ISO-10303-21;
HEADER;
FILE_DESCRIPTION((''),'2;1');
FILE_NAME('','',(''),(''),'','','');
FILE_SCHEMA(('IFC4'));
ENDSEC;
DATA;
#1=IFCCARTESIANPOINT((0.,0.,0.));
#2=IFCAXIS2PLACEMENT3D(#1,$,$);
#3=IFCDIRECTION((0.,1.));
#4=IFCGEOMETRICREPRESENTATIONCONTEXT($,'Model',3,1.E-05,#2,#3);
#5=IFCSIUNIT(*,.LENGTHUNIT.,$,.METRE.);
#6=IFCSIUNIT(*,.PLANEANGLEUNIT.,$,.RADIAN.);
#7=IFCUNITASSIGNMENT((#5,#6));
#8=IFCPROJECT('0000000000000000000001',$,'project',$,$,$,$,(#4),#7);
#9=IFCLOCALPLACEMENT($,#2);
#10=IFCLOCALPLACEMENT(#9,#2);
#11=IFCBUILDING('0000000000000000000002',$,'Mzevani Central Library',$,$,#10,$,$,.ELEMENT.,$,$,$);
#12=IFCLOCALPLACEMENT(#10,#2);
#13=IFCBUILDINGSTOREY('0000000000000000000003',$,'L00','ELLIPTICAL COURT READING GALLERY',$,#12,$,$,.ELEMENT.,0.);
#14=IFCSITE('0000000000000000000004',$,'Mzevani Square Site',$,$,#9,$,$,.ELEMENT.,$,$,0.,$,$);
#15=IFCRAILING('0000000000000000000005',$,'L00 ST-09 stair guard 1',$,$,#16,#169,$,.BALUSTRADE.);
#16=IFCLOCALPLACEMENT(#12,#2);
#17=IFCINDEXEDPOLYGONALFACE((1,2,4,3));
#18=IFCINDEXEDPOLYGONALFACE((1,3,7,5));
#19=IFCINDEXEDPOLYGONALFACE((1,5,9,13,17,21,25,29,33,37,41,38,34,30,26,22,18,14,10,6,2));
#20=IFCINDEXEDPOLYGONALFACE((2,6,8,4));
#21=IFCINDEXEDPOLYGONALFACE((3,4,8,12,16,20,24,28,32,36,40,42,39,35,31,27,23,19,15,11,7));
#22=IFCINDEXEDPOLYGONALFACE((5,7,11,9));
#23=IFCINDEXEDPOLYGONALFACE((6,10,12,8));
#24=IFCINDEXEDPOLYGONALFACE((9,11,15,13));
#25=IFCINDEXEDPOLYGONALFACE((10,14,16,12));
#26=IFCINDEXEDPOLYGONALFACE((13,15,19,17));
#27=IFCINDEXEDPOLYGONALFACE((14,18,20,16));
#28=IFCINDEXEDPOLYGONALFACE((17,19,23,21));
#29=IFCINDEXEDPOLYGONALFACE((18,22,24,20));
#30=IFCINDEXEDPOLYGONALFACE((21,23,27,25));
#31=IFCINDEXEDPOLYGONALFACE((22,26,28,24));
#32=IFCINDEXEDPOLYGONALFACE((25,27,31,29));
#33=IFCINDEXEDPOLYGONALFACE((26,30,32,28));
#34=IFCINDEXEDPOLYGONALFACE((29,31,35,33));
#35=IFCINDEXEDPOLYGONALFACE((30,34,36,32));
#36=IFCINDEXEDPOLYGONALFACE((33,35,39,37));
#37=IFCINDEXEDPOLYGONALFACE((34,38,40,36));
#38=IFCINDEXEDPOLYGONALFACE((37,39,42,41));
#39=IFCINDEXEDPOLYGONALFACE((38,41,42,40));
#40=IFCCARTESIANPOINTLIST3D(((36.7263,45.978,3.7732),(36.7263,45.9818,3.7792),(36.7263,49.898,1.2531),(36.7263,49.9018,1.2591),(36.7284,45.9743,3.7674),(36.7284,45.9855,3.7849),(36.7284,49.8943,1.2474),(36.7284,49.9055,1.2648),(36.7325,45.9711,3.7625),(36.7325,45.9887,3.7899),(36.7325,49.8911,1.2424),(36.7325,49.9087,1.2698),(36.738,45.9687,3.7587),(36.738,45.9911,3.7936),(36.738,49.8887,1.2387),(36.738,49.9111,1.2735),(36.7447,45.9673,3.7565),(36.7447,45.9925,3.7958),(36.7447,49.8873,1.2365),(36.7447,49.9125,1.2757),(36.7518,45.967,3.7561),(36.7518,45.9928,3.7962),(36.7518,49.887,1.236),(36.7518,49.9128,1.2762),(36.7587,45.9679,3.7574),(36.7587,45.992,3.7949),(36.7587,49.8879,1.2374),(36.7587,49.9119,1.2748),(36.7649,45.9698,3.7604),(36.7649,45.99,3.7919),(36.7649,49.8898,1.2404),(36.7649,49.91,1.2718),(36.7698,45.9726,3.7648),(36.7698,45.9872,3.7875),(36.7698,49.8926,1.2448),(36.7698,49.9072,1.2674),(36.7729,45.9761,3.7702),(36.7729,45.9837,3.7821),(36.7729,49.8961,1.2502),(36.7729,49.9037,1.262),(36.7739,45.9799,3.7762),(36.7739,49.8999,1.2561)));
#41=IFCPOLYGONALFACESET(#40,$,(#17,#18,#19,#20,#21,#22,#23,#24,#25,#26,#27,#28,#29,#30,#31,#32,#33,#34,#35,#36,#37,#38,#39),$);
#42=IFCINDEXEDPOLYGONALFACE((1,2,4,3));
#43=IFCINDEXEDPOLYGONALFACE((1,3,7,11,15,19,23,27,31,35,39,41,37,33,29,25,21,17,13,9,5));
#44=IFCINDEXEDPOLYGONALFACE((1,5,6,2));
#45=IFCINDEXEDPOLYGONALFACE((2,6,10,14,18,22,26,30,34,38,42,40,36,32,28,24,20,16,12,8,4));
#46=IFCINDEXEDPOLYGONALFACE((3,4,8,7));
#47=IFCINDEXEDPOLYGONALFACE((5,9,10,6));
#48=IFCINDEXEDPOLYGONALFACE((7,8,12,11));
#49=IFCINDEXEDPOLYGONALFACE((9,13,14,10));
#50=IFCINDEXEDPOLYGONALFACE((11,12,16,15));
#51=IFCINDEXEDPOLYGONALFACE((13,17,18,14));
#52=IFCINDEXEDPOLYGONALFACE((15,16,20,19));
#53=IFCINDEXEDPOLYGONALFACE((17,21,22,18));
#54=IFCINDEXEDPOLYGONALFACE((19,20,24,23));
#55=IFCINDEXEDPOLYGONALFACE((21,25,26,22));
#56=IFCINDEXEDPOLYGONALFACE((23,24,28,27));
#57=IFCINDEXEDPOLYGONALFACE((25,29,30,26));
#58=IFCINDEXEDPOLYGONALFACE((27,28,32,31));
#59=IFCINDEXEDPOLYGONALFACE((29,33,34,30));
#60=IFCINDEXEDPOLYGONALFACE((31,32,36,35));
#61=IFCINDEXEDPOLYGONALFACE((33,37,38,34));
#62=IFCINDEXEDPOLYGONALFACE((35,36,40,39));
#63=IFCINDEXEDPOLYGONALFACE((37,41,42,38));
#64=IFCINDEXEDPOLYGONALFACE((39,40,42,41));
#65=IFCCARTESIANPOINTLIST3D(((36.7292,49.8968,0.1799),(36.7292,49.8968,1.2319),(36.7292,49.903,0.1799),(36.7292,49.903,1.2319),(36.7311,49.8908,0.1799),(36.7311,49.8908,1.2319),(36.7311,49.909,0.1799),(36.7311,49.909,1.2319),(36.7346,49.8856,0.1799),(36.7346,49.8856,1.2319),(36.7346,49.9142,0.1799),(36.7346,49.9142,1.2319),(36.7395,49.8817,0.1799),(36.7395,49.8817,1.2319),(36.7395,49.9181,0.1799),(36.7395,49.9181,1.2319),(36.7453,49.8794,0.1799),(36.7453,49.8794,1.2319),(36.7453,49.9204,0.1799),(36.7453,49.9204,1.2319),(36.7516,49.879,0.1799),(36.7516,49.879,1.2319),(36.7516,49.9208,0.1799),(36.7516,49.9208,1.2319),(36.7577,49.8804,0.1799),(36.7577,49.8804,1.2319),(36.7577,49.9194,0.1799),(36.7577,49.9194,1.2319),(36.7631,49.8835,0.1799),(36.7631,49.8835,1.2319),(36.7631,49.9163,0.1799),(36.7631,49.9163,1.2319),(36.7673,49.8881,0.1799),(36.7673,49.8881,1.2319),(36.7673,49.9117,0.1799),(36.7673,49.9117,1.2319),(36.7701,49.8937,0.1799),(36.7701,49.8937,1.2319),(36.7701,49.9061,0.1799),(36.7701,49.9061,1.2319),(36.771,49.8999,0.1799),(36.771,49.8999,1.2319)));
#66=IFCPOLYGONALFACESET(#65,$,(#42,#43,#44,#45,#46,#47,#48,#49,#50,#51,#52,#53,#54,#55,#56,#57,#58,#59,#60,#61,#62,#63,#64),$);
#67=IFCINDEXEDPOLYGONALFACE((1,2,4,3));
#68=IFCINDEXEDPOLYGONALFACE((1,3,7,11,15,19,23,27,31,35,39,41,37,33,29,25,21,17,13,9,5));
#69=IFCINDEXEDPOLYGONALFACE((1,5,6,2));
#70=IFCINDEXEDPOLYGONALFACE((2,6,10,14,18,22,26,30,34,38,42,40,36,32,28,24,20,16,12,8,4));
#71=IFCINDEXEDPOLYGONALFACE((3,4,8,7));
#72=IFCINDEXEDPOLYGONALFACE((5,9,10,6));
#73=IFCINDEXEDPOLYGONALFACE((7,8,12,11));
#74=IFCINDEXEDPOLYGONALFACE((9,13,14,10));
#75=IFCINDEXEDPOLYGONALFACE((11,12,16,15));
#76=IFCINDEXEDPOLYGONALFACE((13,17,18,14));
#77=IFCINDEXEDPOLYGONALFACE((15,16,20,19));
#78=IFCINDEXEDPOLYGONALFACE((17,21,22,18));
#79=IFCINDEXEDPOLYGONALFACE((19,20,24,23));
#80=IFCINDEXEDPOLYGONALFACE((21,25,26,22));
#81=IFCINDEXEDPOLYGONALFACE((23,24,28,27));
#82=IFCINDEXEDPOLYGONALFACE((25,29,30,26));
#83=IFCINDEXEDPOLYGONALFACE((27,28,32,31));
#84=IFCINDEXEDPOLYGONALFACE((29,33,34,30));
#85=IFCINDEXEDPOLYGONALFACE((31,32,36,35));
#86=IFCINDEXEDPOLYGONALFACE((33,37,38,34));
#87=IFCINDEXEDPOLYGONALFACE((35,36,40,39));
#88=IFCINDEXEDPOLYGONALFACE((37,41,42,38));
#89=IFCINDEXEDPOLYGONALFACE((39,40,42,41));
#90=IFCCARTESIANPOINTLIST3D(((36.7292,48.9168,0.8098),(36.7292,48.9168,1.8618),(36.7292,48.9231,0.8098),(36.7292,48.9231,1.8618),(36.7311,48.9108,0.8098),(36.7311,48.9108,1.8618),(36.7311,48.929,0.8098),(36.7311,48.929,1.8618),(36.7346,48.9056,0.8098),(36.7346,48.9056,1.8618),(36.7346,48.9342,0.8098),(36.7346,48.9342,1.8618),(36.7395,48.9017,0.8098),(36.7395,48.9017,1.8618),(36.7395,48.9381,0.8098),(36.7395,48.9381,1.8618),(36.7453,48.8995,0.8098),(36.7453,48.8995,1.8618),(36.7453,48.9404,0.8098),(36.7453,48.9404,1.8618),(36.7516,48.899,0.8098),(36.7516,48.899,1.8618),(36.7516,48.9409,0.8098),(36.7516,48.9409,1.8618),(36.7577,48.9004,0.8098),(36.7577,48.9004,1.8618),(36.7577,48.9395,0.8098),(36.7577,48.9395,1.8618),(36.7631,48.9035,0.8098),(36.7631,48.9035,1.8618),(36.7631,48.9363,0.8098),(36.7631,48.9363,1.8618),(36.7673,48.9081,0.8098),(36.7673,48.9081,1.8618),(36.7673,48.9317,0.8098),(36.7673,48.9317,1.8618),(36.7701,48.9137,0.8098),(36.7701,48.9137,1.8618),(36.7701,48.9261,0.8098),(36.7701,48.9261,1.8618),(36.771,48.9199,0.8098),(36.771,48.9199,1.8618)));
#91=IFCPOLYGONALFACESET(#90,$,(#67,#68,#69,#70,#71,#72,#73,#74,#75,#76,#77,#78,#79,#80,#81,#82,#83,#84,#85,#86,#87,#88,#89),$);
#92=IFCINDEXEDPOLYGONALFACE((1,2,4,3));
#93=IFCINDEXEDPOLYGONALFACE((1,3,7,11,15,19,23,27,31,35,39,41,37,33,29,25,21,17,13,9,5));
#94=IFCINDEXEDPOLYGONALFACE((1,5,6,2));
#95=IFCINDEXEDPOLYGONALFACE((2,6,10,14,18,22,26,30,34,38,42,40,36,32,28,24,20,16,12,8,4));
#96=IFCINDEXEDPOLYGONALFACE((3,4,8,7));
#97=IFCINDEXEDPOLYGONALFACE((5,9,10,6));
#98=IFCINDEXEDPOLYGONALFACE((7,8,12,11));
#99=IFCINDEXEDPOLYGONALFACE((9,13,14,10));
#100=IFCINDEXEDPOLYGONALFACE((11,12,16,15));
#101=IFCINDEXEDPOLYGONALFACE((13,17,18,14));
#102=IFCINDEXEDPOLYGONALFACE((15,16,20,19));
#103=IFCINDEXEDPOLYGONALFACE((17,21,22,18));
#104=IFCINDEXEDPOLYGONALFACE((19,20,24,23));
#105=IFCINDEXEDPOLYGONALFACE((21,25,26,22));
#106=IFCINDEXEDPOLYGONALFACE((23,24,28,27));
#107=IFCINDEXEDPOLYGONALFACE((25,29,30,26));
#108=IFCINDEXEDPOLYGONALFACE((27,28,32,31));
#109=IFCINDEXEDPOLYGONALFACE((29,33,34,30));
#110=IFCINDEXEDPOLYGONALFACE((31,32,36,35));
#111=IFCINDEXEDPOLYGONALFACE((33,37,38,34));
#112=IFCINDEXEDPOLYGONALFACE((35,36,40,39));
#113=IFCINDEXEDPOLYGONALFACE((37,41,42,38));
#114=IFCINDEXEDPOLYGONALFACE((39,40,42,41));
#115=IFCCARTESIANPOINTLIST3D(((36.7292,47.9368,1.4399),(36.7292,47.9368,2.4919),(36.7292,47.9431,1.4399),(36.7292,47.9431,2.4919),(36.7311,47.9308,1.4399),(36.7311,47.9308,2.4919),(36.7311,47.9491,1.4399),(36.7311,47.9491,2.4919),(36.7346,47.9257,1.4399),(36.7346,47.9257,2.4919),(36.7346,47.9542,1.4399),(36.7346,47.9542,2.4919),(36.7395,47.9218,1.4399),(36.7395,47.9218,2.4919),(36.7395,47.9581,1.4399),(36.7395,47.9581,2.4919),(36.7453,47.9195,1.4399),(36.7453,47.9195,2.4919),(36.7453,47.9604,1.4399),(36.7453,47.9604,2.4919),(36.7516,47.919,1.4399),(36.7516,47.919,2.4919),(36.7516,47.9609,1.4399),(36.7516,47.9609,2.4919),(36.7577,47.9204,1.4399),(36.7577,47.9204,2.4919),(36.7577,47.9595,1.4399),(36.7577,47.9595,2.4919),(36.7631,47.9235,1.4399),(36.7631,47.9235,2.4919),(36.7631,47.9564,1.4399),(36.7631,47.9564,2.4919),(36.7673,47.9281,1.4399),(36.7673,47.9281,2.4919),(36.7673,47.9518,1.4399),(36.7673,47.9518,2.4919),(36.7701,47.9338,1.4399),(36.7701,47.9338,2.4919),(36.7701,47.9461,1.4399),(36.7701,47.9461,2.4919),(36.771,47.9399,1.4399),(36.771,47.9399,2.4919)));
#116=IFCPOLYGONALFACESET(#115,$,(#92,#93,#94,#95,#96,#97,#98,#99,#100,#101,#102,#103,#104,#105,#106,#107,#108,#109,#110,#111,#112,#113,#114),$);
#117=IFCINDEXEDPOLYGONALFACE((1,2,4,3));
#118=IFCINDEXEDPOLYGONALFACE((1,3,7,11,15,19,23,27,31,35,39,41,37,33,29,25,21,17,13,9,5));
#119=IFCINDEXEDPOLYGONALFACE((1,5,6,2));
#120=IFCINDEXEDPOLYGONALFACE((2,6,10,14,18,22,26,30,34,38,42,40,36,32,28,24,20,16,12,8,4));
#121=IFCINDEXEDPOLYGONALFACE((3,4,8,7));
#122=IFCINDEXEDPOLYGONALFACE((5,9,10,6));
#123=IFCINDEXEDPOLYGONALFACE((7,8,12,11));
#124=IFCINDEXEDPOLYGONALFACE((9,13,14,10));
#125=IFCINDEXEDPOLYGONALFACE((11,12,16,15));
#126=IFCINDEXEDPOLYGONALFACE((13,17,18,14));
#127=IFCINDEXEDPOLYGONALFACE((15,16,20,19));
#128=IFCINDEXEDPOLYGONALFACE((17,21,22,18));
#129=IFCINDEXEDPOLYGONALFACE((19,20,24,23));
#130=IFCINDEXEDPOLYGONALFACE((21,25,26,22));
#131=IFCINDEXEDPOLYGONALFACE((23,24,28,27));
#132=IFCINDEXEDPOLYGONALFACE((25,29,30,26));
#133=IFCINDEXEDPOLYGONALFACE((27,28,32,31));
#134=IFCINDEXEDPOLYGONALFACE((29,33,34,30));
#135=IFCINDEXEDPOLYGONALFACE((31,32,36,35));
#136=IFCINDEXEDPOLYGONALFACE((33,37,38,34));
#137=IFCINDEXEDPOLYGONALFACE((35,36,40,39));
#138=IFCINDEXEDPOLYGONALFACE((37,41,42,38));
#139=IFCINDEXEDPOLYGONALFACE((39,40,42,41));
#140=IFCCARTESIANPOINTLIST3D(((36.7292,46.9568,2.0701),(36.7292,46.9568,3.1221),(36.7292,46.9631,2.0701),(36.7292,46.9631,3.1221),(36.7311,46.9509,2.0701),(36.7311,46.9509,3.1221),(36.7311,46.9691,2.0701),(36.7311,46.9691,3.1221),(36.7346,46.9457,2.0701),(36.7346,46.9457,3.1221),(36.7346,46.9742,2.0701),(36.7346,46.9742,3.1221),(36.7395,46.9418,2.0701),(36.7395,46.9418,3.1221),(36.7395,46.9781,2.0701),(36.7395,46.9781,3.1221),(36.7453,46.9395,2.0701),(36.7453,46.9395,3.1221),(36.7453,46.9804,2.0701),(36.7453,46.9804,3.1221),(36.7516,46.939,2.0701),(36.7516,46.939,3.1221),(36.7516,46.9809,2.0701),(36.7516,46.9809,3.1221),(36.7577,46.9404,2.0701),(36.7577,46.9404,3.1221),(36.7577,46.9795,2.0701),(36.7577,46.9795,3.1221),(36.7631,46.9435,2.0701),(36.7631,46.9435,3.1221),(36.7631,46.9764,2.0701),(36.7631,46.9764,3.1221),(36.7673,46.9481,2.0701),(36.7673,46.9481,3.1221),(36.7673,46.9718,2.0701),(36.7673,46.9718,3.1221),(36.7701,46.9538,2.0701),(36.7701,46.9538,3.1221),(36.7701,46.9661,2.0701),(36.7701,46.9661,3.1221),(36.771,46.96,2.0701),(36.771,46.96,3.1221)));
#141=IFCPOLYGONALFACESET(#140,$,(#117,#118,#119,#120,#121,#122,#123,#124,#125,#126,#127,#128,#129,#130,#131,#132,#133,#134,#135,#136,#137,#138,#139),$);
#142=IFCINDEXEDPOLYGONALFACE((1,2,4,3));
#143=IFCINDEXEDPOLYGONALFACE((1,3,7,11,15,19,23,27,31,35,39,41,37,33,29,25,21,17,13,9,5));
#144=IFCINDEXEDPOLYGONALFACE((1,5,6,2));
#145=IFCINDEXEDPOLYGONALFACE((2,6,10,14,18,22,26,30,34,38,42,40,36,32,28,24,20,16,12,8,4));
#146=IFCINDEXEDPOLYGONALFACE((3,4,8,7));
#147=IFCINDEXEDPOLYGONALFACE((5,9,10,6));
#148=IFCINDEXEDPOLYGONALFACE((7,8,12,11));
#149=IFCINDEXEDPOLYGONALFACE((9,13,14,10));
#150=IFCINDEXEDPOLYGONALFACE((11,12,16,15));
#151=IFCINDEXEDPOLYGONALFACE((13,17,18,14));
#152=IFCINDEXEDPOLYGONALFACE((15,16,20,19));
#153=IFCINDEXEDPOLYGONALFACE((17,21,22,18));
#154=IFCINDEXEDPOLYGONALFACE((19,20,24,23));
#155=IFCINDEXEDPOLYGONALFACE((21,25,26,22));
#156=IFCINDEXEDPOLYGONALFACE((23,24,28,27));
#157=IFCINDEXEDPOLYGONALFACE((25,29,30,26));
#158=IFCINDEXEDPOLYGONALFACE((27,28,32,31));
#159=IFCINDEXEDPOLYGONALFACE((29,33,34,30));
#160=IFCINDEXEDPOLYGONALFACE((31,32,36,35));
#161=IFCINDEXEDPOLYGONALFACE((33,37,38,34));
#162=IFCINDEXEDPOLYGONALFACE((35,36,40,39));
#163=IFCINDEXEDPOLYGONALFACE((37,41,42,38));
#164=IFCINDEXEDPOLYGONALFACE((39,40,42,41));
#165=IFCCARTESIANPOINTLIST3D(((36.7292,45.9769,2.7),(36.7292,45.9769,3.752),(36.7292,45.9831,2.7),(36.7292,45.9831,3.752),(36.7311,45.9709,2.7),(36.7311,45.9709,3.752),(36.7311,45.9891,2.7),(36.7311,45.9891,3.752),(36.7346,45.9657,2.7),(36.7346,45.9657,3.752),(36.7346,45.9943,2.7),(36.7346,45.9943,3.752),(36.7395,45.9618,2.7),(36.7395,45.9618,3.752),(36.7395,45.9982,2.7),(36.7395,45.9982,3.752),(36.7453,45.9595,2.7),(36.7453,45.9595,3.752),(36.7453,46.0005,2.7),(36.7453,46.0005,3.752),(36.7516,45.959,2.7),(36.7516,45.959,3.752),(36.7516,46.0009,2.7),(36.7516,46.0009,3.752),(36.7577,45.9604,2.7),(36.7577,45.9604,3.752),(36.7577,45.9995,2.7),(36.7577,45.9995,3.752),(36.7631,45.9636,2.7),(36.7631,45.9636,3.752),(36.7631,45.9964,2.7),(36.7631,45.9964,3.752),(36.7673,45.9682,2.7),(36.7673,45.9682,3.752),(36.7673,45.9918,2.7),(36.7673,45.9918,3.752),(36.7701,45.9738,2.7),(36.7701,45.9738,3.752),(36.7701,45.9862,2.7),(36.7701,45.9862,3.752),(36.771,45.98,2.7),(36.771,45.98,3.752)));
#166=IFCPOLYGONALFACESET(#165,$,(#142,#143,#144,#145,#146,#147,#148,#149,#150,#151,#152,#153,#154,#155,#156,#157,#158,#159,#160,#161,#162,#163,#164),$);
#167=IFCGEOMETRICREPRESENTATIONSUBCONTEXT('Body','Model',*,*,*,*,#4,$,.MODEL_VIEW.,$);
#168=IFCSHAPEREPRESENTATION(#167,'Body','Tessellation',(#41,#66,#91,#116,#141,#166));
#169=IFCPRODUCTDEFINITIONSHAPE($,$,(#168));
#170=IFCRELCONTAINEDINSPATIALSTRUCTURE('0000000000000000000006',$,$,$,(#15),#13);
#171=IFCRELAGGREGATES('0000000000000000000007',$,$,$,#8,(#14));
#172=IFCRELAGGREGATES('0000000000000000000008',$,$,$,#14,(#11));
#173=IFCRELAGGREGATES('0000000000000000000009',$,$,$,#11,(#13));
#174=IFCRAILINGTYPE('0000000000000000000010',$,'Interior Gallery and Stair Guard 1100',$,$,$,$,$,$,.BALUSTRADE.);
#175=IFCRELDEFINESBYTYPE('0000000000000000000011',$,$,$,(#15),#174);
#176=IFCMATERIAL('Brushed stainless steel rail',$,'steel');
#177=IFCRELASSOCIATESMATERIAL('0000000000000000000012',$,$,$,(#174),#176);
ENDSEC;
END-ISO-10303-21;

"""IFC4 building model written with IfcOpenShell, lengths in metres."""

from ifc_helpers import new_model, si_unit, direction, frame, origin, origin_2d, place, context, subcontext, project, spatial, circle, extrude, material, type_object, element, save


model = new_model("IFC4")

# Units and contexts
model_context = context("Model", 3, precision=1e-05, world=origin(), true_north=direction((0.0, 1.0)))
body_context = subcontext(model_context, "Body", "Model", "MODEL_VIEW")
ifc_project = project(units=[si_unit("LENGTHUNIT", "METRE"), si_unit("PLANEANGLEUNIT", "RADIAN")], contexts=[model_context])

# Site, building, storey
site_placement = place(None, origin())
site = spatial("IfcSite", under=ifc_project, at=site_placement, Name="Mzevani Square Site", CompositionType="ELEMENT", RefElevation=0.0)
building_placement = place(site_placement, origin())
building = spatial("IfcBuilding", under=site, at=building_placement, Name="Mzevani Central Library", CompositionType="ELEMENT")
storey_placement = place(building_placement, origin())
storey = spatial("IfcBuildingStorey", under=building, at=storey_placement, Name="L00", Description="ELLIPTICAL COURT READING GALLERY", CompositionType="ELEMENT", Elevation=0.0)

# Railing
ifc_material_1 = material(Name="Brushed stainless steel rail", Category="steel")
railing_type = type_object("IfcRailingType", Name="Interior Gallery and Stair Guard 1100", PredefinedType="BALUSTRADE", material=ifc_material_1)
railing_1_placement = place(storey_placement, frame((36.75, 49.8999, 0.1799)))
element("IfcRailing", 1, at=railing_1_placement, inside=storey, type_object=railing_type, Name="L00 ST-09 stair guard 1", PredefinedType="BALUSTRADE", context=body_context, shape_type="SweptSolid", body=[
    extrude(circle(Radius=0.0239, at=origin_2d()), frame((0.0, 0.0, 1.0762), z_axis=(0.0, -0.841172, 0.540768), x_axis=(1.0, 0.0, 0.0)), (0.0, 0.0, 1.0), 4.6602),
    extrude(circle(Radius=0.021, at=origin_2d()), origin(), (0.0, 0.0, 1.0), 1.052),
    extrude(circle(Radius=0.021, at=origin_2d()), frame((0.0, -0.98, 0.6299)), (0.0, 0.0, 1.0), 1.052),
    extrude(circle(Radius=0.021, at=origin_2d()), frame((0.0, -1.96, 1.26)), (0.0, 0.0, 1.0), 1.052),
    extrude(circle(Radius=0.021, at=origin_2d()), frame((0.0, -2.9399, 1.8901)), (0.0, 0.0, 1.0), 1.052),
    extrude(circle(Radius=0.021, at=origin_2d()), frame((0.0, -3.9199, 2.52)), (0.0, 0.0, 1.0), 1.052),
])

save(model, "model.ifc")
